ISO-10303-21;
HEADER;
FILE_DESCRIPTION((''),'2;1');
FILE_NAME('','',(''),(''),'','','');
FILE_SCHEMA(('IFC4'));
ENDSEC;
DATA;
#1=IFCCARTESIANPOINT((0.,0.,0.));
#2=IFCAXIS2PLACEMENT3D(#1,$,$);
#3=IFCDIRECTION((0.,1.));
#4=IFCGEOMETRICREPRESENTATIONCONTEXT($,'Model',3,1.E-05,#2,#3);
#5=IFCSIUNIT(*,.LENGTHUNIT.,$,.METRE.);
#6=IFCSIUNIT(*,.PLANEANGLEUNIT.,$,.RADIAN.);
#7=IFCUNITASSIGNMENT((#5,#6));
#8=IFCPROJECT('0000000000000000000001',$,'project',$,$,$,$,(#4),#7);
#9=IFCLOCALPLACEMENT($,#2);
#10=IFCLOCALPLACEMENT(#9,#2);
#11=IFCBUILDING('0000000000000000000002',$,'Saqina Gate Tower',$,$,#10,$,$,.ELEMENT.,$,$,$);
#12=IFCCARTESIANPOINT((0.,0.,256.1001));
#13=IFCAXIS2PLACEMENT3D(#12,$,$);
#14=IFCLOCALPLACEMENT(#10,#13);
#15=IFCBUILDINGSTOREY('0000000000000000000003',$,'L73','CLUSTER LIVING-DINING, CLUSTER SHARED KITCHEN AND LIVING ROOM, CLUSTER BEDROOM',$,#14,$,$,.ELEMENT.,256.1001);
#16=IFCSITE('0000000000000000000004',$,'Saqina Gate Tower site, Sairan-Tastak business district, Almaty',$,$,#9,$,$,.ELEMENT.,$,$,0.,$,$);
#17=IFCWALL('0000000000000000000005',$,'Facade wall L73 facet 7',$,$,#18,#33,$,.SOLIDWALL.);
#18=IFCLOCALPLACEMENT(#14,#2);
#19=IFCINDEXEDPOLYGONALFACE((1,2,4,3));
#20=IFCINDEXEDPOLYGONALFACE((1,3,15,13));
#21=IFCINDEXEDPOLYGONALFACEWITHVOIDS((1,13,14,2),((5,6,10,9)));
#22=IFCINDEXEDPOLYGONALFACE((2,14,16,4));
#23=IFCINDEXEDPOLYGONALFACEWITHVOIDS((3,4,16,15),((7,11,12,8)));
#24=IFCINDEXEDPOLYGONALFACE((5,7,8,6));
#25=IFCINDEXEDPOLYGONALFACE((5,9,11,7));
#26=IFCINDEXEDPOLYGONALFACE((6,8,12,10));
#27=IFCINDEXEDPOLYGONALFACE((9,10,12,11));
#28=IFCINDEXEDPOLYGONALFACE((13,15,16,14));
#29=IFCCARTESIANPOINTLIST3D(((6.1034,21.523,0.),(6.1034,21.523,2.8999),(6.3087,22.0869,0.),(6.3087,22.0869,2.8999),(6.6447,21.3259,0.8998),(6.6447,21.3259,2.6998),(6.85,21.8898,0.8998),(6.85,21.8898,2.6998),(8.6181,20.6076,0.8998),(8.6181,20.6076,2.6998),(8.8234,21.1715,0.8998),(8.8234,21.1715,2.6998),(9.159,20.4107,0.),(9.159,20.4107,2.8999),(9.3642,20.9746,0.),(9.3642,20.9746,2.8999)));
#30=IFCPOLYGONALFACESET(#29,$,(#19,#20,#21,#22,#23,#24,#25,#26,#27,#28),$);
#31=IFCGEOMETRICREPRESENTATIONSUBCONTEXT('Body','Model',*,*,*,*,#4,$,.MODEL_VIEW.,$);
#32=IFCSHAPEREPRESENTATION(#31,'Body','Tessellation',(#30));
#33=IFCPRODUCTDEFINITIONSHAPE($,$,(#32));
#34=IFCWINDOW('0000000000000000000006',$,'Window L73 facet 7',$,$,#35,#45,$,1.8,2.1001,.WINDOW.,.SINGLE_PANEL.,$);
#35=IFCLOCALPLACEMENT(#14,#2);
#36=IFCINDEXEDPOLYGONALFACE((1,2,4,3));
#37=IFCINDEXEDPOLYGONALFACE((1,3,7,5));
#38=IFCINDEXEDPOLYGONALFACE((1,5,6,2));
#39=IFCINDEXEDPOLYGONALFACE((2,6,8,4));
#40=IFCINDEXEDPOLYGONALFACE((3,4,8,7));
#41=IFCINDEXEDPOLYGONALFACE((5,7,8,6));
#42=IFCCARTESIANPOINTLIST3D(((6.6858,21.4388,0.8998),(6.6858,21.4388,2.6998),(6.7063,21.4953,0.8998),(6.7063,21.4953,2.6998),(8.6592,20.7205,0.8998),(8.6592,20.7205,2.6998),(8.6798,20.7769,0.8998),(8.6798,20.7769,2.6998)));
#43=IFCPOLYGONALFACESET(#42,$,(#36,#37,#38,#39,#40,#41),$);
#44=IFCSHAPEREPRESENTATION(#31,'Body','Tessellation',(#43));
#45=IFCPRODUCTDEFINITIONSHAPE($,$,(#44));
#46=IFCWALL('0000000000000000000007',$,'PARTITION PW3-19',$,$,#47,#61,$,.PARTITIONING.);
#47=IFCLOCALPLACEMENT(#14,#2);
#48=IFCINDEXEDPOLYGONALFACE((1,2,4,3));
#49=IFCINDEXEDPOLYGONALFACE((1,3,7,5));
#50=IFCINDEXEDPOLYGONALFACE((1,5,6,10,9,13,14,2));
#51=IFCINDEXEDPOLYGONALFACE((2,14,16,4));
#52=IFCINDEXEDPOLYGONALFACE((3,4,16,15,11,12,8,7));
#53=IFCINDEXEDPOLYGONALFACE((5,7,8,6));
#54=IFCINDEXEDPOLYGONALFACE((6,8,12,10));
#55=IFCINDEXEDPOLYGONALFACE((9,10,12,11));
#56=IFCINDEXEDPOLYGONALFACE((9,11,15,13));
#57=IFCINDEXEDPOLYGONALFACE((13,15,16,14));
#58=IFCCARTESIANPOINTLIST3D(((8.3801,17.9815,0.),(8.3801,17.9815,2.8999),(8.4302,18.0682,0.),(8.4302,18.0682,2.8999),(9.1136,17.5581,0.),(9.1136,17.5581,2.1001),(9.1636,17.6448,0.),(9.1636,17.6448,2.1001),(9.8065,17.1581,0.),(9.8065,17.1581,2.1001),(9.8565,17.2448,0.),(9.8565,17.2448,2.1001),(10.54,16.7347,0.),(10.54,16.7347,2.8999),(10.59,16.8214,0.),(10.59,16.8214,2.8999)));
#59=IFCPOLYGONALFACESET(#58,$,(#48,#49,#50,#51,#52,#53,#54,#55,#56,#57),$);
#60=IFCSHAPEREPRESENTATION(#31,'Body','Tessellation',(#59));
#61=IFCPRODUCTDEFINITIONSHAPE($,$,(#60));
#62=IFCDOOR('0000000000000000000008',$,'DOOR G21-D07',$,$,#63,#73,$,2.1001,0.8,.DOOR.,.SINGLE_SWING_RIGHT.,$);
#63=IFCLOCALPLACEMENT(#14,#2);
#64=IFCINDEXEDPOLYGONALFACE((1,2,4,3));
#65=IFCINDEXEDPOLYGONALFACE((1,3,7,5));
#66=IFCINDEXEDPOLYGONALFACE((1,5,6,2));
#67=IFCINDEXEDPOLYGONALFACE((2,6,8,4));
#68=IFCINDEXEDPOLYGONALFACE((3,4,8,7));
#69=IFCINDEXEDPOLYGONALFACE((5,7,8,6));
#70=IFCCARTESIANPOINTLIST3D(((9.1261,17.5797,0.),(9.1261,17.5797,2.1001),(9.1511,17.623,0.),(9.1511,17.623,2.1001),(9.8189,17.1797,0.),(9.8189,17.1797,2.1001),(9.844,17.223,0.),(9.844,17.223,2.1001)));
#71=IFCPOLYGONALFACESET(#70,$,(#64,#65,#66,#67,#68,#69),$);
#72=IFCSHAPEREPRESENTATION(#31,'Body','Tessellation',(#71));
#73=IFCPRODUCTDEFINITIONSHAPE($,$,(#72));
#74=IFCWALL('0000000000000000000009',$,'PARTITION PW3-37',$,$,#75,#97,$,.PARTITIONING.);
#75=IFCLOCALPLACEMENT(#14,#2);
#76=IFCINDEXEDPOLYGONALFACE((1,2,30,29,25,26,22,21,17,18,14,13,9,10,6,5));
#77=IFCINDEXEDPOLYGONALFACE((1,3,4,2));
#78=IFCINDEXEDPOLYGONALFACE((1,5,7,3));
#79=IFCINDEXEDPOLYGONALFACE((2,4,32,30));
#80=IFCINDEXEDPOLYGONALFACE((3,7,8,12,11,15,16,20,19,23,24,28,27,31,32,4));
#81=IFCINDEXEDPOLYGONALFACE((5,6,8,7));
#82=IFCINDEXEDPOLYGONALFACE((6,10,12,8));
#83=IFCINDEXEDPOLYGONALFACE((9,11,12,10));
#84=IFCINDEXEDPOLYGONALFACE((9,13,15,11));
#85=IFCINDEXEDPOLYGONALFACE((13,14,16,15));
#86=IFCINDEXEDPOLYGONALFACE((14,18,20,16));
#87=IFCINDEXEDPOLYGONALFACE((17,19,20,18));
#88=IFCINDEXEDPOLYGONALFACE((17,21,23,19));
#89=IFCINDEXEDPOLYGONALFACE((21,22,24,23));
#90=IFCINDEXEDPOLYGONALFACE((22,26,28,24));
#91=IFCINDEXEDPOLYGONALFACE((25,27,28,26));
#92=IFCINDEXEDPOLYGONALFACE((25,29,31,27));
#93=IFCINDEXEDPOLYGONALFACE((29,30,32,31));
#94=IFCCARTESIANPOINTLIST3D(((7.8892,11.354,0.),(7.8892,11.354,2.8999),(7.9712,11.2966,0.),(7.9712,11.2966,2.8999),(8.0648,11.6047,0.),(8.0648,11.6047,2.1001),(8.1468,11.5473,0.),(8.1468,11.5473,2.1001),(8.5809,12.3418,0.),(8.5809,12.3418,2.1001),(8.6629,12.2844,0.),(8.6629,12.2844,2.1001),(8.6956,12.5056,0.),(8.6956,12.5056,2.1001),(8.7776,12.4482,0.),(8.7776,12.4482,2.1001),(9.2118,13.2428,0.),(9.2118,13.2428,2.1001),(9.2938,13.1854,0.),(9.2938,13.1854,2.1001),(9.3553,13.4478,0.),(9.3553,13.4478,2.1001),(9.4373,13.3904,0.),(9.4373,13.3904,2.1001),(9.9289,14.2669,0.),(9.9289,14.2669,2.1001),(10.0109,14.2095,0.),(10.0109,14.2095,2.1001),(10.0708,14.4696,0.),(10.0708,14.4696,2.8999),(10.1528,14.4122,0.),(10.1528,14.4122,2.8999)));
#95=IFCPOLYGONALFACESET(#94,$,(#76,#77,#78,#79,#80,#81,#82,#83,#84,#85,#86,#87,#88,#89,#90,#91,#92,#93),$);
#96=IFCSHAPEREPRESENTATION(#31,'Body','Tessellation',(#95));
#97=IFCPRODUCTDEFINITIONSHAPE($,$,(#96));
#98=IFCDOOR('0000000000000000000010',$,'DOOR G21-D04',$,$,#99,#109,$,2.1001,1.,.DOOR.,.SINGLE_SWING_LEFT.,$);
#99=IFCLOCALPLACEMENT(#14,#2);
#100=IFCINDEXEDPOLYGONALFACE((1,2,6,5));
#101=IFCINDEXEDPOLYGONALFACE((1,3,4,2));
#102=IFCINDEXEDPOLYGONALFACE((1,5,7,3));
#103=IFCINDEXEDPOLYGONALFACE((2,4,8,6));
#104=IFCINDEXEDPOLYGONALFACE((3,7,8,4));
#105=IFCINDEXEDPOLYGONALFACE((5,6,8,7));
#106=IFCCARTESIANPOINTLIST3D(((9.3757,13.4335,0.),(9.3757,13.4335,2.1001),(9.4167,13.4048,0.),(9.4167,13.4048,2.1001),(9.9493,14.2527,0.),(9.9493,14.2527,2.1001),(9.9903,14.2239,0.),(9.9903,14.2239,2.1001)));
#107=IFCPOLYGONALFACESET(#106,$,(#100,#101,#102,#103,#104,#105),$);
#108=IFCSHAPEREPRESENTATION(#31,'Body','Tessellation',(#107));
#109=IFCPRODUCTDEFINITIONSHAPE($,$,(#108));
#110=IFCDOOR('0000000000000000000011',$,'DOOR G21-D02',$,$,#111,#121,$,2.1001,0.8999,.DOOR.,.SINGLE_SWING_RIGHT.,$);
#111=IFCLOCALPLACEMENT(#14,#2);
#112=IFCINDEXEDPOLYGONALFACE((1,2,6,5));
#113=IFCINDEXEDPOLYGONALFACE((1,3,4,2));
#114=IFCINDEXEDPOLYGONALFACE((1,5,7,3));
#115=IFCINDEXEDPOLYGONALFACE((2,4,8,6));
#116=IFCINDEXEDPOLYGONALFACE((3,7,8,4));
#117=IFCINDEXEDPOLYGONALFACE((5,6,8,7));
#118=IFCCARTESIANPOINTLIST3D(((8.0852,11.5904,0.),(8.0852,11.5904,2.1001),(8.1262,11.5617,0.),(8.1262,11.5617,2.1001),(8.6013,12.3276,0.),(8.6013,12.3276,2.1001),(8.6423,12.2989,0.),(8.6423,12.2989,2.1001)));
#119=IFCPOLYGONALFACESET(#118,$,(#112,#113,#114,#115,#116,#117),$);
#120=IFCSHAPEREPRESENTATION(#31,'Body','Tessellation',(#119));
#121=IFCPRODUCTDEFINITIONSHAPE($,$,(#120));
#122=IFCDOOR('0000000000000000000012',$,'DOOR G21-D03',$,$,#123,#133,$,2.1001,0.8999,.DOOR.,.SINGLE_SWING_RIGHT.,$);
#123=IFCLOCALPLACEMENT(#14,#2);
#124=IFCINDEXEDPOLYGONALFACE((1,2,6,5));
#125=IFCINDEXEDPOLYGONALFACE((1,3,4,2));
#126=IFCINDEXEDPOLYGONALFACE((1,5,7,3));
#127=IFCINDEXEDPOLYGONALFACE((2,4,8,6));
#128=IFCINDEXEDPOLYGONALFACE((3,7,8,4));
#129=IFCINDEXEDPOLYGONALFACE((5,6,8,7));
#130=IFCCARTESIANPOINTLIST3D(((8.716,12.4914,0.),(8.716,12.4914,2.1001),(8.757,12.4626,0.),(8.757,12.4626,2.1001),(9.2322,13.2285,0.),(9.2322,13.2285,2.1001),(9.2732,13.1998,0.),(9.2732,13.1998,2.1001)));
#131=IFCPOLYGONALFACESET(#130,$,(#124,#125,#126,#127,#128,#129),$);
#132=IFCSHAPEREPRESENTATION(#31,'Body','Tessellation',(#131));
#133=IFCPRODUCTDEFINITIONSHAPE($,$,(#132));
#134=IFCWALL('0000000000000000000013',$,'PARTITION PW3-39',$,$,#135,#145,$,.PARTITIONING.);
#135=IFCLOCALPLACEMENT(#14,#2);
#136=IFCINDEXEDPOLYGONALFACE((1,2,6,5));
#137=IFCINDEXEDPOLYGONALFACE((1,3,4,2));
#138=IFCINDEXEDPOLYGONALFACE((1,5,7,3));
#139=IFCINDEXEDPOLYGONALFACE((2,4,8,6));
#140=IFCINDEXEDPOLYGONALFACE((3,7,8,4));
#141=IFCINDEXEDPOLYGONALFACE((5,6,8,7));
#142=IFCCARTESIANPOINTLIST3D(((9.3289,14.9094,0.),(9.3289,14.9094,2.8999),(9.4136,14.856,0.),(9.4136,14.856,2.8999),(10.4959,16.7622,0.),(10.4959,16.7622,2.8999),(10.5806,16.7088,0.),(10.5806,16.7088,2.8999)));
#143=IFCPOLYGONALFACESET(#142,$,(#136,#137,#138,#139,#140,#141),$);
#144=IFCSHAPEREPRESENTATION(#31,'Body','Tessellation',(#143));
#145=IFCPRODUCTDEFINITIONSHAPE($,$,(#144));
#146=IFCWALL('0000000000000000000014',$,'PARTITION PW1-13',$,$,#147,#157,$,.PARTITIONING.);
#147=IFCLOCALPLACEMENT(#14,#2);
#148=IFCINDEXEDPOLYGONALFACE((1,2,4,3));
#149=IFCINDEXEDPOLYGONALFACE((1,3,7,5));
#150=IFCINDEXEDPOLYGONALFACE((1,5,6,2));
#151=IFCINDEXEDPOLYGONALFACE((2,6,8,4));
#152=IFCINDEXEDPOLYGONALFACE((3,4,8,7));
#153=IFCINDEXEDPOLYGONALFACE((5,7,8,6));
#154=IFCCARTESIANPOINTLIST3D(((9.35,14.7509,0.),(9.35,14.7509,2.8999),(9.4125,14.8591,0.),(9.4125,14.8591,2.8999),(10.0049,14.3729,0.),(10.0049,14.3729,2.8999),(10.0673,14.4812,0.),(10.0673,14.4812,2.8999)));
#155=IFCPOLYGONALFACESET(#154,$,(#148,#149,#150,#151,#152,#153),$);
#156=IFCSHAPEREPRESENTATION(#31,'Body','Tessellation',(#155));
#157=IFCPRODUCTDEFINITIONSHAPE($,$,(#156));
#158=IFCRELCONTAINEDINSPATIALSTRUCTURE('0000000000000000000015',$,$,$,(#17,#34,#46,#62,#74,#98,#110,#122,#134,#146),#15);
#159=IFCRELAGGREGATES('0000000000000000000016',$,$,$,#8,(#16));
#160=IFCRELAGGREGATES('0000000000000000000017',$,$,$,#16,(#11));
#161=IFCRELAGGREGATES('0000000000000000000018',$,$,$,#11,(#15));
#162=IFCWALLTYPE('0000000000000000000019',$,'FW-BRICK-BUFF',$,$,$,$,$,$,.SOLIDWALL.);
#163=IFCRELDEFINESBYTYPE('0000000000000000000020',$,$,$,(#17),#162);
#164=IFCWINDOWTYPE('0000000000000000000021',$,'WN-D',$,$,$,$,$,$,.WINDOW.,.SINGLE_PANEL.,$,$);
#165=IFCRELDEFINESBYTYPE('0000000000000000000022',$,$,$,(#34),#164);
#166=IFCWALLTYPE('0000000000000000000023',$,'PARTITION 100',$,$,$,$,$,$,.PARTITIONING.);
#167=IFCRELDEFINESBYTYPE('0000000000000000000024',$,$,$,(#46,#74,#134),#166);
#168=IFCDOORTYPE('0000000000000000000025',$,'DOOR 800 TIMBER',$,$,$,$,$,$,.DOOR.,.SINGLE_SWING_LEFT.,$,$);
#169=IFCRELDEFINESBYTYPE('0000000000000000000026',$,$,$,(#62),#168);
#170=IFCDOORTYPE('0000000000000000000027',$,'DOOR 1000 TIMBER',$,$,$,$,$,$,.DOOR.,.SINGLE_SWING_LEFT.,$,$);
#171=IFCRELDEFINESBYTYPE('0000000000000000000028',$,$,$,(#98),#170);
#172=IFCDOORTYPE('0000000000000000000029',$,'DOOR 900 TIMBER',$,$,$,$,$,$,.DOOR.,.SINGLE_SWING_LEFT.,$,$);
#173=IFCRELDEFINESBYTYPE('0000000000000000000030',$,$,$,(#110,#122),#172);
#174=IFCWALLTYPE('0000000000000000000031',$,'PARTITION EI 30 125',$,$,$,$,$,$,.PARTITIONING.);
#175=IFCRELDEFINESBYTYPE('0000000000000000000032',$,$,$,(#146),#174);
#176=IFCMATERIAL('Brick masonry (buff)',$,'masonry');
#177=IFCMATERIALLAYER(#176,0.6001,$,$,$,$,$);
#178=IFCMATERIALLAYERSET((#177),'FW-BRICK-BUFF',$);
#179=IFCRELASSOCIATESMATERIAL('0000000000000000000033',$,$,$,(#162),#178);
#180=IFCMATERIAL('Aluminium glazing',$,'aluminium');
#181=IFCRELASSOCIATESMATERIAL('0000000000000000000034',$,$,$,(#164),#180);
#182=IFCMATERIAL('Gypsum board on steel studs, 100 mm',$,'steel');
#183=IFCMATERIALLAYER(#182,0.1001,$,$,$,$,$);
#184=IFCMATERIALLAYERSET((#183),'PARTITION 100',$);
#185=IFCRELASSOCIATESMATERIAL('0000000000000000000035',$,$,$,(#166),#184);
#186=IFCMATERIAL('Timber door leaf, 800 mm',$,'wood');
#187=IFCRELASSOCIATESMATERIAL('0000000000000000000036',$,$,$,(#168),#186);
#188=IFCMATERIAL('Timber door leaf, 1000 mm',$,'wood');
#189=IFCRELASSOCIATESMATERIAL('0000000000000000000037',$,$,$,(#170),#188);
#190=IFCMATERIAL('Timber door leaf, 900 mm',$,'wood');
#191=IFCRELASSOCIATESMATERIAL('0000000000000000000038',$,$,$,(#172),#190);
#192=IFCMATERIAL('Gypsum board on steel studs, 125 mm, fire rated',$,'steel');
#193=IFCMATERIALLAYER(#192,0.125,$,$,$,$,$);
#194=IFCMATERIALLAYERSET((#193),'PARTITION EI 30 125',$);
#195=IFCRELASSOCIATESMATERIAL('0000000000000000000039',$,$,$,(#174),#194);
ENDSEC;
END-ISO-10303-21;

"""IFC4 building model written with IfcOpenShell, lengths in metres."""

from ifc_helpers import new_model, si_unit, direction, frame, frame_2d, origin, place, context, subcontext, project, spatial, rectangle, extrude, material, layer, layer_set, type_object, element, fill, save


model = new_model("IFC4")

# Units and contexts
model_context = context("Model", 3, precision=1e-05, world=origin(), true_north=direction((0.0, 1.0)))
body_context = subcontext(model_context, "Body", "Model", "MODEL_VIEW")
ifc_project = project(units=[si_unit("LENGTHUNIT", "METRE"), si_unit("PLANEANGLEUNIT", "RADIAN")], contexts=[model_context])

# Site, building, storey
site_placement = place(None, origin())
site = spatial("IfcSite", under=ifc_project, at=site_placement, Name="Saqina Gate Tower site, Sairan-Tastak business district, Almaty", CompositionType="ELEMENT", RefElevation=0.0)
building_placement = place(site_placement, origin())
building = spatial("IfcBuilding", under=site, at=building_placement, Name="Saqina Gate Tower", CompositionType="ELEMENT")
storey_placement = place(building_placement, frame((0.0, 0.0, 256.1001)))
storey = spatial("IfcBuildingStorey", under=building, at=storey_placement, Name="L73", Description="CLUSTER LIVING-DINING, CLUSTER SHARED KITCHEN AND LIVING ROOM, CLUSTER BEDROOM", CompositionType="ELEMENT", Elevation=256.1001)

# Wall, opening, window
ifc_material_1 = material(Name="Brick masonry (buff)", Category="masonry")
ifc_layer_1 = layer(ifc_material_1, 0.6001)
ifc_layer_set_1 = layer_set([ifc_layer_1], Name="FW-BRICK-BUFF")
wall_type_1 = type_object("IfcWallType", Name="FW-BRICK-BUFF", PredefinedType="SOLIDWALL", material=ifc_layer_set_1)
ifc_material_2 = material(Name="Aluminium glazing", Category="aluminium")
window_type = type_object("IfcWindowType", Name="WN-D", PartitioningType="SINGLE_PANEL", PredefinedType="WINDOW", material=ifc_material_2)
wall_1_placement = place(storey_placement, frame((9.2617, 20.6926, 0.0), z_axis=(0.0, 0.0, 1.0), x_axis=(-0.939679, 0.342057, 0.0)))
wall_1 = element("IfcWall", 1, at=wall_1_placement, inside=storey, type_object=wall_type_1, Name="Facade wall L73 facet 7", PredefinedType="SOLIDWALL", context=body_context, shape_type="SweptSolid", body=[
    extrude(rectangle(XDim=3.2517, YDim=0.6001, at=frame_2d((1.626, 0.0))), origin(), (0.0, 0.0, 1.0), 2.8999),
])
opening_1_placement = place(wall_1_placement, frame((0.5757, 0.0, 0.8999)))
opening_1 = element("IfcOpeningElement", 2, at=opening_1_placement, cuts=wall_1, PredefinedType="OPENING", context=body_context, shape_type="SweptSolid", body=[
    extrude(rectangle(XDim=2.1001, YDim=1.8, at=frame_2d((1.05, 0.8999))), frame((0.0, 0.312, 0.0), z_axis=(0.0, -1.0, 0.0), x_axis=(1.0, 0.0, 0.0)), (0.0, 0.0, 1.0), 0.624),
])
window_1_placement = place(opening_1_placement, origin())
window_1 = element("IfcWindow", 3, at=window_1_placement, inside=storey, type_object=window_type, Name="Window L73 facet 7", OverallHeight=1.8, OverallWidth=2.1001, PartitioningType="SINGLE_PANEL", PredefinedType="WINDOW", context=body_context, shape_type="SweptSolid", body=[
    extrude(rectangle(XDim=2.1001, YDim=1.8, at=frame_2d((1.05, 0.8999))), frame((0.0, 0.1799, 0.0), z_axis=(0.0, -1.0, 0.0), x_axis=(1.0, 0.0, 0.0)), (0.0, 0.0, 1.0), 0.0601),
])
fill(opening_1, window_1)

# Wall, opening, door
ifc_material_3 = material(Name="Gypsum board on steel studs, 100 mm", Category="steel")
ifc_layer_2 = layer(ifc_material_3, 0.1001)
ifc_layer_set_2 = layer_set([ifc_layer_2], Name="PARTITION 100")
wall_type_2 = type_object("IfcWallType", Name="PARTITION 100", PredefinedType="PARTITIONING", material=ifc_layer_set_2)
wall_2_placement = place(storey_placement, frame((8.405, 18.0249, 0.0), z_axis=(0.0, 0.0, 1.0), x_axis=(0.86606, -0.49994, 0.0)))
wall_2 = element("IfcWall", 4, at=wall_2_placement, inside=storey, type_object=wall_type_2, Name="PARTITION PW3-19", PredefinedType="PARTITIONING", context=body_context, shape_type="SweptSolid", body=[
    extrude(rectangle(XDim=2.4939, YDim=0.1001, at=frame_2d((1.2471, 0.0))), origin(), (0.0, 0.0, 1.0), 2.8999),
])
opening_2_placement = place(wall_2_placement, frame((0.8472, 0.0, 0.0)))
opening_2 = element("IfcOpeningElement", 5, at=opening_2_placement, cuts=wall_2, PredefinedType="OPENING", context=body_context, shape_type="SweptSolid", body=[
    extrude(rectangle(XDim=0.8, YDim=2.1001, at=frame_2d((0.3999, 1.05))), frame((0.0, 0.062, 0.0), z_axis=(0.0, -1.0, 0.0), x_axis=(1.0, 0.0, 0.0)), (0.0, 0.0, 1.0), 0.124),
])
ifc_material_4 = material(Name="Timber door leaf, 800 mm", Category="wood")
door_type_1 = type_object("IfcDoorType", Name="DOOR 800 TIMBER", OperationType="SINGLE_SWING_LEFT", PredefinedType="DOOR", material=ifc_material_4)
door_1_placement = place(opening_2_placement, origin())
door_1 = element("IfcDoor", 6, at=door_1_placement, inside=storey, type_object=door_type_1, Name="DOOR G21-D07", OperationType="SINGLE_SWING_RIGHT", OverallHeight=2.1001, OverallWidth=0.8, PredefinedType="DOOR", context=body_context, shape_type="SweptSolid", body=[
    extrude(rectangle(XDim=0.8, YDim=2.1001, at=frame_2d((0.3999, 1.05))), frame((0.0, 0.0249, 0.0), z_axis=(0.0, -1.0, 0.0), x_axis=(1.0, 0.0, 0.0)), (0.0, 0.0, 1.0), 0.05),
])
fill(opening_2, door_1)

# Wall, openings, doors
wall_3_placement = place(storey_placement, frame((7.9302, 11.3252, 0.0), z_axis=(0.0, 0.0, 1.0), x_axis=(0.573574, 0.819154, 0.0)))
wall_3 = element("IfcWall", 7, at=wall_3_placement, inside=storey, type_object=wall_type_2, Name="PARTITION PW3-37", PredefinedType="PARTITIONING", context=body_context, shape_type="SweptSolid", body=[
    extrude(rectangle(XDim=3.8035, YDim=0.1001, at=frame_2d((1.9019, 0.0))), origin(), (0.0, 0.0, 1.0), 2.8999),
])
opening_3_placement = place(wall_3_placement, frame((0.3062, 0.0, 0.0)))
opening_3 = element("IfcOpeningElement", 8, at=opening_3_placement, cuts=wall_3, PredefinedType="OPENING", context=body_context, shape_type="SweptSolid", body=[
    extrude(rectangle(XDim=0.8999, YDim=2.1001, at=frame_2d((0.45, 1.05))), frame((0.0, 0.062, 0.0), z_axis=(0.0, -1.0, 0.0), x_axis=(1.0, 0.0, 0.0)), (0.0, 0.0, 1.0), 0.124),
])
opening_4_placement = place(wall_3_placement, frame((1.406, 0.0, 0.0)))
opening_4 = element("IfcOpeningElement", 9, at=opening_4_placement, cuts=wall_3, PredefinedType="OPENING", context=body_context, shape_type="SweptSolid", body=[
    extrude(rectangle(XDim=0.8999, YDim=2.1001, at=frame_2d((0.45, 1.05))), frame((0.0, 0.062, 0.0), z_axis=(0.0, -1.0, 0.0), x_axis=(1.0, 0.0, 0.0)), (0.0, 0.0, 1.0), 0.124),
])
opening_5_placement = place(wall_3_placement, frame((2.5562, 0.0, 0.0)))
opening_5 = element("IfcOpeningElement", 10, at=opening_5_placement, cuts=wall_3, PredefinedType="OPENING", context=body_context, shape_type="SweptSolid", body=[
    extrude(rectangle(XDim=1.0, YDim=2.1001, at=frame_2d((0.5, 1.05))), frame((0.0, 0.062, 0.0), z_axis=(0.0, -1.0, 0.0), x_axis=(1.0, 0.0, 0.0)), (0.0, 0.0, 1.0), 0.124),
])
ifc_material_5 = material(Name="Timber door leaf, 1000 mm", Category="wood")
door_type_2 = type_object("IfcDoorType", Name="DOOR 1000 TIMBER", OperationType="SINGLE_SWING_LEFT", PredefinedType="DOOR", material=ifc_material_5)
door_2_placement = place(opening_5_placement, frame((1.0, 0.0, 0.0), z_axis=(0.0, 0.0, 1.0), x_axis=(-1.0, 0.0, 0.0)))
door_2 = element("IfcDoor", 11, at=door_2_placement, inside=storey, type_object=door_type_2, Name="DOOR G21-D04", OperationType="SINGLE_SWING_LEFT", OverallHeight=2.1001, OverallWidth=1.0, PredefinedType="DOOR", context=body_context, shape_type="SweptSolid", body=[
    extrude(rectangle(XDim=1.0, YDim=2.1001, at=frame_2d((0.5, 1.05))), frame((0.0, 0.0249, 0.0), z_axis=(0.0, -1.0, 0.0), x_axis=(1.0, 0.0, 0.0)), (0.0, 0.0, 1.0), 0.05),
])
fill(opening_5, door_2)
ifc_material_6 = material(Name="Timber door leaf, 900 mm", Category="wood")
door_type_3 = type_object("IfcDoorType", Name="DOOR 900 TIMBER", OperationType="SINGLE_SWING_LEFT", PredefinedType="DOOR", material=ifc_material_6)
door_3_placement = place(opening_3_placement, frame((0.8999, 0.0, 0.0), z_axis=(0.0, 0.0, 1.0), x_axis=(-1.0, 0.0, 0.0)))
door_3 = element("IfcDoor", 12, at=door_3_placement, inside=storey, type_object=door_type_3, Name="DOOR G21-D02", OperationType="SINGLE_SWING_RIGHT", OverallHeight=2.1001, OverallWidth=0.8999, PredefinedType="DOOR", context=body_context, shape_type="SweptSolid", body=[
    extrude(rectangle(XDim=0.8999, YDim=2.1001, at=frame_2d((0.45, 1.05))), frame((0.0, 0.0249, 0.0), z_axis=(0.0, -1.0, 0.0), x_axis=(1.0, 0.0, 0.0)), (0.0, 0.0, 1.0), 0.05),
])
fill(opening_3, door_3)
door_4_placement = place(opening_4_placement, frame((0.8999, 0.0, 0.0), z_axis=(0.0, 0.0, 1.0), x_axis=(-1.0, 0.0, 0.0)))
door_4 = element("IfcDoor", 13, at=door_4_placement, inside=storey, type_object=door_type_3, Name="DOOR G21-D03", OperationType="SINGLE_SWING_RIGHT", OverallHeight=2.1001, OverallWidth=0.8999, PredefinedType="DOOR", context=body_context, shape_type="SweptSolid", body=[
    extrude(rectangle(XDim=0.8999, YDim=2.1001, at=frame_2d((0.45, 1.05))), frame((0.0, 0.0249, 0.0), z_axis=(0.0, -1.0, 0.0), x_axis=(1.0, 0.0, 0.0)), (0.0, 0.0, 1.0), 0.05),
])
fill(opening_4, door_4)

# Walls
wall_4_placement = place(storey_placement, frame((9.3713, 14.8828, 0.0), z_axis=(0.0, 0.0, 1.0), x_axis=(0.532952, 0.846145, 0.0)))
element("IfcWall", 14, at=wall_4_placement, inside=storey, type_object=wall_type_2, Name="PARTITION PW3-39", PredefinedType="PARTITIONING", context=body_context, shape_type="SweptSolid", body=[
    extrude(rectangle(XDim=2.1897, YDim=0.1001, at=frame_2d((1.0947, 0.0))), origin(), (0.0, 0.0, 1.0), 2.8999),
])
ifc_material_7 = material(Name="Gypsum board on steel studs, 125 mm, fire rated", Category="steel")
ifc_layer_3 = layer(ifc_material_7, 0.125)
ifc_layer_set_3 = layer_set([ifc_layer_3], Name="PARTITION EI 30 125")
wall_type_3 = type_object("IfcWallType", Name="PARTITION EI 30 125", PredefinedType="PARTITIONING", material=ifc_layer_set_3)
wall_5_placement = place(storey_placement, frame((9.3813, 14.8049, 0.0), z_axis=(0.0, 0.0, 1.0), x_axis=(0.866089, -0.49989, 0.0)))
element("IfcWall", 15, at=wall_5_placement, inside=storey, type_object=wall_type_3, Name="PARTITION PW1-13", PredefinedType="PARTITIONING", context=body_context, shape_type="SweptSolid", body=[
    extrude(rectangle(XDim=0.7561, YDim=0.125, at=frame_2d((0.3779, 0.0))), origin(), (0.0, 0.0, 1.0), 2.8999),
])

save(model, "model.ifc")
